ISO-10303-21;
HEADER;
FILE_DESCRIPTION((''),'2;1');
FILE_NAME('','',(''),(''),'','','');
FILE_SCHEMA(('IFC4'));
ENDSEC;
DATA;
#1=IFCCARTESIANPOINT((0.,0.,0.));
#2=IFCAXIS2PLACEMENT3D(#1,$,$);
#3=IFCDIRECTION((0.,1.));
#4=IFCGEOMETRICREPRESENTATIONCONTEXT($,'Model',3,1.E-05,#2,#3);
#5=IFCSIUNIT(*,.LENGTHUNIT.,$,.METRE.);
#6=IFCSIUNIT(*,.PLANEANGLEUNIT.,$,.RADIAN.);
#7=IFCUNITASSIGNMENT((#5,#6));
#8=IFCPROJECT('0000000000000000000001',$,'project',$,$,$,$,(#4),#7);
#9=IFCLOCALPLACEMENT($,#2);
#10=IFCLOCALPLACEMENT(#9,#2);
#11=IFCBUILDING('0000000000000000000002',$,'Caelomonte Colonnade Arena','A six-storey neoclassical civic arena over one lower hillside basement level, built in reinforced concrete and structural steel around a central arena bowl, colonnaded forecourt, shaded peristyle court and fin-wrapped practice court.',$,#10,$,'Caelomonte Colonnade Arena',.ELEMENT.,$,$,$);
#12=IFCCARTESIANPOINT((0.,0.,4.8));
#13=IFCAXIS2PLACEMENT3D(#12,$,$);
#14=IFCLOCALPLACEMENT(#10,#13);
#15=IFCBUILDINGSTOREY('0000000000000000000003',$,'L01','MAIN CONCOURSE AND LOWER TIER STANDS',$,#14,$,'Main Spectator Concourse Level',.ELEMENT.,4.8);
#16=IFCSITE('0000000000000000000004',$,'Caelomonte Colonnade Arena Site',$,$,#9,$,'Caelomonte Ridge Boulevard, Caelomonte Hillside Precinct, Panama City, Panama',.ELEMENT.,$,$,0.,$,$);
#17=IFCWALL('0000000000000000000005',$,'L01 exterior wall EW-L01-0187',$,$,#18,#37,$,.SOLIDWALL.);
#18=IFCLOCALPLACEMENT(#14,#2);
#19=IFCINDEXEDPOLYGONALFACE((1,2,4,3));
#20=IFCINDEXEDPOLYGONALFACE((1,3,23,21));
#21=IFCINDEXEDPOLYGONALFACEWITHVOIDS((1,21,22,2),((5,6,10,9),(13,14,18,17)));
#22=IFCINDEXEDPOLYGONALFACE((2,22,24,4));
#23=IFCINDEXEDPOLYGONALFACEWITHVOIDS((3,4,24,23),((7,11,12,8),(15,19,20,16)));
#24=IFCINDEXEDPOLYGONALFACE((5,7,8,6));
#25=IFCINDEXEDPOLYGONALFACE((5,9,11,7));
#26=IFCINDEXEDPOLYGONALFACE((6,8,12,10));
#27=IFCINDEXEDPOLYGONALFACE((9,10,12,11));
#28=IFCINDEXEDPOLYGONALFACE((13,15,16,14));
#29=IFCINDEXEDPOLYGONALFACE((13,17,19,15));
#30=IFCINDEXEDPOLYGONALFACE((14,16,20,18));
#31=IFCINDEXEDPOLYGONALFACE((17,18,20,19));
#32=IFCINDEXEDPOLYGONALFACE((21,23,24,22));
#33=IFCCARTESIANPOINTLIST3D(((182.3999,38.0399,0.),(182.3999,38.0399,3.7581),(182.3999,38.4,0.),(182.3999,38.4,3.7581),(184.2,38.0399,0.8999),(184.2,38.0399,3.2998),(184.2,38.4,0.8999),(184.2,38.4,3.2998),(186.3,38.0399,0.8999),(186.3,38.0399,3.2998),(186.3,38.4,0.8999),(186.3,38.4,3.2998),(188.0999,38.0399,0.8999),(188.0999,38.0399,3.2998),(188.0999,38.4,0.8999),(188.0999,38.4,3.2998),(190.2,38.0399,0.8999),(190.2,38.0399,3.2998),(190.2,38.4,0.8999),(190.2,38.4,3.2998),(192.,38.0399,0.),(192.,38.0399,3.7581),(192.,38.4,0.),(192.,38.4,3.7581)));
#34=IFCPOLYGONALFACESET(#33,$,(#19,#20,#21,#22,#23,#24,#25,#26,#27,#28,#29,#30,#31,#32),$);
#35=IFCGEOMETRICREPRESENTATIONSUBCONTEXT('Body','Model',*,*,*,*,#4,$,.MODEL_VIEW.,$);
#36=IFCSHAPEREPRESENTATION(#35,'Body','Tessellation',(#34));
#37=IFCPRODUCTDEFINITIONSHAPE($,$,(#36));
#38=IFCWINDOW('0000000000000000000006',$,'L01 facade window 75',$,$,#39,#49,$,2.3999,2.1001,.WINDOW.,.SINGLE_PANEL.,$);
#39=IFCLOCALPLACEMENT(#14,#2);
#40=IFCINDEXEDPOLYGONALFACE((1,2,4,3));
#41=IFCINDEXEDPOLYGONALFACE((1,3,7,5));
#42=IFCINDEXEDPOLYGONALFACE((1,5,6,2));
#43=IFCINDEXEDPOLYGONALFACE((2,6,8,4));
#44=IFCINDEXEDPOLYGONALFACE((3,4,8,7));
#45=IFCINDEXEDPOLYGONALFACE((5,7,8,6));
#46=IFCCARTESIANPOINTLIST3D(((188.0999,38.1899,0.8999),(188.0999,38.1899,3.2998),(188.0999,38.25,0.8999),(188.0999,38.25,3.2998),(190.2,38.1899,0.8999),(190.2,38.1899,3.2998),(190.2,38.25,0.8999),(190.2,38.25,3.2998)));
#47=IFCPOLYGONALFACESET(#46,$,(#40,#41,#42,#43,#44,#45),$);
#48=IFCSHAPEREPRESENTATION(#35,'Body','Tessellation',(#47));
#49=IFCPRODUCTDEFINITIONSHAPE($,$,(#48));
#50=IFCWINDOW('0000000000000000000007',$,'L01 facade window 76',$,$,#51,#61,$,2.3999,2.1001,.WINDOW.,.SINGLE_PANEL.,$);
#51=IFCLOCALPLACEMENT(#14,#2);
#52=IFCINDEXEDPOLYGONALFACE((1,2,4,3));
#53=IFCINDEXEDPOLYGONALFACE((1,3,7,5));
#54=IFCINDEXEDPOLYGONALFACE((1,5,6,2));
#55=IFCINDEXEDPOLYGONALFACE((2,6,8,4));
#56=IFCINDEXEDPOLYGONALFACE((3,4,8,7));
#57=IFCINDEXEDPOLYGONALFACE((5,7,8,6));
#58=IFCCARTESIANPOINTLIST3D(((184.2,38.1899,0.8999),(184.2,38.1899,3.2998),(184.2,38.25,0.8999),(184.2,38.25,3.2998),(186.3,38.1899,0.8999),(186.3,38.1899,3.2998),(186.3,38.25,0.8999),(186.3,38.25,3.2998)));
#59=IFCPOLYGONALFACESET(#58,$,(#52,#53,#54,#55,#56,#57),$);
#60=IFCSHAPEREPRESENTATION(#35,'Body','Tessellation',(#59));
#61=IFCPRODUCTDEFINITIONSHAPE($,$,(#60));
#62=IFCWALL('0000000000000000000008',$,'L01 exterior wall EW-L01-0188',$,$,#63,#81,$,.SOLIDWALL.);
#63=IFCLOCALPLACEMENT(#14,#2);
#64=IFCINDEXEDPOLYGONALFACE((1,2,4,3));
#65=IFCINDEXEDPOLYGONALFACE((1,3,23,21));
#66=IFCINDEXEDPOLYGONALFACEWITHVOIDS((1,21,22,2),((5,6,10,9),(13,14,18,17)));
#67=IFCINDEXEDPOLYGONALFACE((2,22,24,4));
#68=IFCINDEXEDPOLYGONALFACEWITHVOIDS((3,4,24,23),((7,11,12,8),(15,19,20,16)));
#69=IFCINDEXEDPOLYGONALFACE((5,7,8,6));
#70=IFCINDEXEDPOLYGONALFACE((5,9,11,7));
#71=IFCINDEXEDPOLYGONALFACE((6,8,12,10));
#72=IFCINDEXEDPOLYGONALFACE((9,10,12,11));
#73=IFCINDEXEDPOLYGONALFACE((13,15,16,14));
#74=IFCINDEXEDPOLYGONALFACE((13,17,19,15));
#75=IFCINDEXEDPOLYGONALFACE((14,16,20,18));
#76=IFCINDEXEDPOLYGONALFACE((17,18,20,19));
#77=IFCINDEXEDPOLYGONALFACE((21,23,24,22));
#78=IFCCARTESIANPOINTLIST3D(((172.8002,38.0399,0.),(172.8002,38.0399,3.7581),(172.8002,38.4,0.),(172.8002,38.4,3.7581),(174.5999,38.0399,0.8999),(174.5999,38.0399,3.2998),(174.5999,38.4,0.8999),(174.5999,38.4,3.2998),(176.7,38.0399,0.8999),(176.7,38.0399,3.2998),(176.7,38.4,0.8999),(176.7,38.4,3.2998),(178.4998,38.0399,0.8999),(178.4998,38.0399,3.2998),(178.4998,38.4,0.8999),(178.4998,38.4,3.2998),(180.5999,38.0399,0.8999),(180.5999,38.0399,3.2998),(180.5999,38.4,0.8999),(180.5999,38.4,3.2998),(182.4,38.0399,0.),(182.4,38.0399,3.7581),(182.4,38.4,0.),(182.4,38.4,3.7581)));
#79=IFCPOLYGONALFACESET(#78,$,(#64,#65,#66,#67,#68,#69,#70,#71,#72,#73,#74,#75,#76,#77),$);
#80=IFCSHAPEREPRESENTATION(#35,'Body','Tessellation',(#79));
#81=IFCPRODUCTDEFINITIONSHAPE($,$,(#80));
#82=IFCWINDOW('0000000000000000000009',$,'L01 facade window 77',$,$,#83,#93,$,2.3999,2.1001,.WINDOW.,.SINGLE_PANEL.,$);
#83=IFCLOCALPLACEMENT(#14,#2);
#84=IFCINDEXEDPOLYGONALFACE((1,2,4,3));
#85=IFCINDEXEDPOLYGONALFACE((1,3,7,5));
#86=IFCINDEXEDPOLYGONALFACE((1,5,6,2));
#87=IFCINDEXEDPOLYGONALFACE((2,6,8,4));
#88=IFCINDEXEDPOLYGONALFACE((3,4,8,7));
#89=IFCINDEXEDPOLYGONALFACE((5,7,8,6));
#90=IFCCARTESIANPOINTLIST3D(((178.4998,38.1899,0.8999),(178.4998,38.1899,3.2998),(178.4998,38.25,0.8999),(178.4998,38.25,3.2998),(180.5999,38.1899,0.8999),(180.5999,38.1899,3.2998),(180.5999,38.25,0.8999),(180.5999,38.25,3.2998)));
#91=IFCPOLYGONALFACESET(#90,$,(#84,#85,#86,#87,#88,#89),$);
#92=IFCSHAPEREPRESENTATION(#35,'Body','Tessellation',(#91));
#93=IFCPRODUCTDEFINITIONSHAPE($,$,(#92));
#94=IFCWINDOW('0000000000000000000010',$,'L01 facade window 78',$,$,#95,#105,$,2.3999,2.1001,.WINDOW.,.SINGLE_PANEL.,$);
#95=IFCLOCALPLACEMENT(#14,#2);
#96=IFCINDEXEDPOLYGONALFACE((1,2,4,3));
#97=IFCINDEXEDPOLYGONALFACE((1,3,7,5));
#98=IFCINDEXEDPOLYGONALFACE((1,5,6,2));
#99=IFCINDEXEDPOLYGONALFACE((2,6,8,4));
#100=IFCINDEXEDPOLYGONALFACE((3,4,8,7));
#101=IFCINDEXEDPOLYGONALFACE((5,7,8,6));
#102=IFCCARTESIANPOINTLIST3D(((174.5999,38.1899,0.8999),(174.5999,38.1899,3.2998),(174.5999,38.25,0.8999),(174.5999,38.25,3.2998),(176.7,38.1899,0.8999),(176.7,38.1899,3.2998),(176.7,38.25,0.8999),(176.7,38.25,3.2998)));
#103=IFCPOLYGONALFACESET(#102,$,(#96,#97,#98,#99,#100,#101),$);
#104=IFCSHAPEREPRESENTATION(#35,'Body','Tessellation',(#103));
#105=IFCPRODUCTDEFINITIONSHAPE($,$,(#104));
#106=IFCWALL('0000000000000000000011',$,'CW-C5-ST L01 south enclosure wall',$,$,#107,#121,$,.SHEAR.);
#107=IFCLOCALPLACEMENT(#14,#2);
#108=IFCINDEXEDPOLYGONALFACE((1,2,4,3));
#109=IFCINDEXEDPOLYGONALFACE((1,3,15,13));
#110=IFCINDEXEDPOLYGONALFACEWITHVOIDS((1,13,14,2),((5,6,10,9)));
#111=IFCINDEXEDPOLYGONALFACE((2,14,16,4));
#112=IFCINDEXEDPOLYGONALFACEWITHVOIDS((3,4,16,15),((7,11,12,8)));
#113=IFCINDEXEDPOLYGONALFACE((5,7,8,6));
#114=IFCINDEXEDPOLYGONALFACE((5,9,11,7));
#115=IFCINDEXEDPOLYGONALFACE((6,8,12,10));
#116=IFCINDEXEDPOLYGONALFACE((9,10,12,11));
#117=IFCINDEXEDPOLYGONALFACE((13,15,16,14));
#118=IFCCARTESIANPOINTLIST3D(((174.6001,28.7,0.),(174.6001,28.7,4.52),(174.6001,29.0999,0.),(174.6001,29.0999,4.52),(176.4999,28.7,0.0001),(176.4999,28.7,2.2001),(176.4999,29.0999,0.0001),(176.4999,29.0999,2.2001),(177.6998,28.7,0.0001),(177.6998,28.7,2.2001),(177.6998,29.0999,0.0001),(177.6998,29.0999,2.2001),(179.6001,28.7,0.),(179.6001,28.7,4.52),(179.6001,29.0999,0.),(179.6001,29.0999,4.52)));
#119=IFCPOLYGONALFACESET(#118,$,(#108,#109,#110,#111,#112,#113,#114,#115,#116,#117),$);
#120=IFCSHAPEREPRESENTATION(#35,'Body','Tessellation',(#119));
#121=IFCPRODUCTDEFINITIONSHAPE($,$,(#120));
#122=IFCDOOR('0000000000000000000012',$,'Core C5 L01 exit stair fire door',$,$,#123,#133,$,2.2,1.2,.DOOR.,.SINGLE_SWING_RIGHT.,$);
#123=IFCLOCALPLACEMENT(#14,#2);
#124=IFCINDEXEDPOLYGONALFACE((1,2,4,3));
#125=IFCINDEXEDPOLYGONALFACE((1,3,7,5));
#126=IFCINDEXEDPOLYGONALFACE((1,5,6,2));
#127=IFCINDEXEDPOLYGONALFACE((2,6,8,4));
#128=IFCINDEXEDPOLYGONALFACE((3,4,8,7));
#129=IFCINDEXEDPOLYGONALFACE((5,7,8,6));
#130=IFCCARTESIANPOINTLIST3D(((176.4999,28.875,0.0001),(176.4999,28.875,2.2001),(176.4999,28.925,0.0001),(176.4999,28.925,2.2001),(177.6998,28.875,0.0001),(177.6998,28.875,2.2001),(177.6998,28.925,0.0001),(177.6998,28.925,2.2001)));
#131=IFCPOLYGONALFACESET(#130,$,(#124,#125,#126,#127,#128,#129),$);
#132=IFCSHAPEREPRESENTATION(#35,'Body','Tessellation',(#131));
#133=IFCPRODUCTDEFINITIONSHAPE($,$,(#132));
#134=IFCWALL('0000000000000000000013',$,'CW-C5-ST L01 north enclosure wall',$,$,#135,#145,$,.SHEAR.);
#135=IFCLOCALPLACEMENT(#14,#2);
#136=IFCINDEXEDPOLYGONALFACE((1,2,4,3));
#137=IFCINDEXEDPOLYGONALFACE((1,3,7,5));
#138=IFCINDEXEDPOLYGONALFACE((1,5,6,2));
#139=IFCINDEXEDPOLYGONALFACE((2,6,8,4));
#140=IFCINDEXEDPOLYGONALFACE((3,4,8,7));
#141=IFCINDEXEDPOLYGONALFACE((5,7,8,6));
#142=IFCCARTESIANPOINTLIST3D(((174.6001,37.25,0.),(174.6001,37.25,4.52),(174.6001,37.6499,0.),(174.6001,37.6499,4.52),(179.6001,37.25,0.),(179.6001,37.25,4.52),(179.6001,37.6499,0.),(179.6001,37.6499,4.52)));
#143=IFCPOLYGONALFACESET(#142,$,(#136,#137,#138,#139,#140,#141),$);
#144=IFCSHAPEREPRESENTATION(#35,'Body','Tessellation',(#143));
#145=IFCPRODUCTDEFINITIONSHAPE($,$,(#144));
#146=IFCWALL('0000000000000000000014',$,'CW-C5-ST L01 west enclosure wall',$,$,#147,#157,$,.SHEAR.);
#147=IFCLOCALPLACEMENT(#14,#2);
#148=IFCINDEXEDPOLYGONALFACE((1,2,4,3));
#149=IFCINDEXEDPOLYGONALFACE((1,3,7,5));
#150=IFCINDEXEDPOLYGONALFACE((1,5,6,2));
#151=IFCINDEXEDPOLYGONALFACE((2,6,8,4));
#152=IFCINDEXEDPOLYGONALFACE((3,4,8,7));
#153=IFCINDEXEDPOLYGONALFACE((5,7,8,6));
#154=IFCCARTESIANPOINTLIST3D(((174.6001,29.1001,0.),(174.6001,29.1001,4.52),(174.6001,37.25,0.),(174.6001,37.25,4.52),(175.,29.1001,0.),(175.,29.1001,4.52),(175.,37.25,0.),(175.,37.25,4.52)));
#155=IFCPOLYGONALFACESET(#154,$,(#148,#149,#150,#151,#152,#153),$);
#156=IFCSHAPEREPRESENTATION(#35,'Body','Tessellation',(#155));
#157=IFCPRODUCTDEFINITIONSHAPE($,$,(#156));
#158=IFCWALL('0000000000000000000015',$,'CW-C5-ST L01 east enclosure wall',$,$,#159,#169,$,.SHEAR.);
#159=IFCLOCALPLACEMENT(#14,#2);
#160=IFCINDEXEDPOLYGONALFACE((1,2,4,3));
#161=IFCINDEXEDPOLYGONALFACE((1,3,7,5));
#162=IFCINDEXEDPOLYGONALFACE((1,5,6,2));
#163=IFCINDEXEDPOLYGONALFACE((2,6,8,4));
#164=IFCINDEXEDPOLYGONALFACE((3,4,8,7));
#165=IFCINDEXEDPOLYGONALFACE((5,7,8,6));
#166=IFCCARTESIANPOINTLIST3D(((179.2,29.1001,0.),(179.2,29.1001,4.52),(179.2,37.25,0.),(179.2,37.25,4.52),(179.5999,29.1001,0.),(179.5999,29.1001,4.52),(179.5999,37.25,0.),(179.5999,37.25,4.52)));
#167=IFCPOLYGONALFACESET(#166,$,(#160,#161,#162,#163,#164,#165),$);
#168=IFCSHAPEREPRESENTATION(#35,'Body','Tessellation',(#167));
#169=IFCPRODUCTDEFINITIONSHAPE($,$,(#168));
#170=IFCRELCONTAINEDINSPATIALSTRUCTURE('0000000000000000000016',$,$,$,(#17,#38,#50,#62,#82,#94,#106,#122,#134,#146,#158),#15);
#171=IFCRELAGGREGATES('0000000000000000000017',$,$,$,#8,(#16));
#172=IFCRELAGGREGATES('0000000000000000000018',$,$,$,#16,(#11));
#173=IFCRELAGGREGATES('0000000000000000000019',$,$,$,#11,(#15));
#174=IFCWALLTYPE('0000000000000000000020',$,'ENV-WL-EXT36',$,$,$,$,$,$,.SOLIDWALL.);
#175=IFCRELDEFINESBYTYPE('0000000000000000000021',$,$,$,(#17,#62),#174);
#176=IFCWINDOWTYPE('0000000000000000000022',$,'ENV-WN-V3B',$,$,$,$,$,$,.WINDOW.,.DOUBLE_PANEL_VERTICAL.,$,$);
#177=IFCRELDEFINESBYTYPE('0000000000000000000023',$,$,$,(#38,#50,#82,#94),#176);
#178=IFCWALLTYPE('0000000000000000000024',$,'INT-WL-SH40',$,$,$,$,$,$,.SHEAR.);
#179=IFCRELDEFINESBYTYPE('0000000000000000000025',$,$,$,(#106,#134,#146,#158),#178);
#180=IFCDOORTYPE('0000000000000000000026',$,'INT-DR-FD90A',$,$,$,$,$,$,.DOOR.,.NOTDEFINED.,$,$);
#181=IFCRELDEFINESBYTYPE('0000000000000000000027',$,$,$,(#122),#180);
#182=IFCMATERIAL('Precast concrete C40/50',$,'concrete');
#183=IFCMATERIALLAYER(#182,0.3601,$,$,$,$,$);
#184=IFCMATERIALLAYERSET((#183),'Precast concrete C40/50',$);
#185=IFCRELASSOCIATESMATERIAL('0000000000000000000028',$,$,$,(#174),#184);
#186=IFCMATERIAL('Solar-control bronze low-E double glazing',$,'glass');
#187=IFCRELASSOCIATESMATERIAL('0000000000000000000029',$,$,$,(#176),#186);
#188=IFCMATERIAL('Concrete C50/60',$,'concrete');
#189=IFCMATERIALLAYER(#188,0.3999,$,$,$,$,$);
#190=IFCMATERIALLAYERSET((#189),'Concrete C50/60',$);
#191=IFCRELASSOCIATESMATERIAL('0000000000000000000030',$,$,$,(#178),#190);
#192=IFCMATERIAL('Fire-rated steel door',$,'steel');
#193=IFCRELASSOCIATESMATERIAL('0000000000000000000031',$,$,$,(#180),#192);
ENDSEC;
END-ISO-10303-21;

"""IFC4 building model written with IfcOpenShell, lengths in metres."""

from ifc_helpers import new_model, si_unit, direction, frame, frame_2d, origin, place, context, subcontext, project, spatial, rectangle, extrude, material, layer, layer_set, type_object, element, fill, save


model = new_model("IFC4")

# Units and contexts
model_context = context("Model", 3, precision=1e-05, world=origin(), true_north=direction((0.0, 1.0)))
body_context = subcontext(model_context, "Body", "Model", "MODEL_VIEW")
ifc_project = project(units=[si_unit("LENGTHUNIT", "METRE"), si_unit("PLANEANGLEUNIT", "RADIAN")], contexts=[model_context])

# Site, building, storey
site_placement = place(None, origin())
site = spatial("IfcSite", under=ifc_project, at=site_placement, Name="Caelomonte Colonnade Arena Site", LongName="Caelomonte Ridge Boulevard, Caelomonte Hillside Precinct, Panama City, Panama", CompositionType="ELEMENT", RefElevation=0.0)
building_placement = place(site_placement, origin())
building = spatial("IfcBuilding", under=site, at=building_placement, Name="Caelomonte Colonnade Arena", Description="A six-storey neoclassical civic arena over one lower hillside basement level, built in reinforced concrete and structural steel around a central arena bowl, colonnaded forecourt, shaded peristyle court and fin-wrapped practice court.", LongName="Caelomonte Colonnade Arena", CompositionType="ELEMENT")
storey_placement = place(building_placement, frame((0.0, 0.0, 4.8)))
storey = spatial("IfcBuildingStorey", under=building, at=storey_placement, Name="L01", Description="MAIN CONCOURSE AND LOWER TIER STANDS", LongName="Main Spectator Concourse Level", CompositionType="ELEMENT", Elevation=4.8)

# Walls, openings, windows
ifc_material_1 = material(Name="Precast concrete C40/50", Category="concrete")
ifc_layer_1 = layer(ifc_material_1, 0.3601)
ifc_layer_set_1 = layer_set([ifc_layer_1], Name="Precast concrete C40/50")
wall_type_1 = type_object("IfcWallType", Name="ENV-WL-EXT36", PredefinedType="SOLIDWALL", material=ifc_layer_set_1)
ifc_material_2 = material(Name="Solar-control bronze low-E double glazing", Category="glass")
window_type = type_object("IfcWindowType", Name="ENV-WN-V3B", PartitioningType="DOUBLE_PANEL_VERTICAL", PredefinedType="WINDOW", material=ifc_material_2)
wall_1_placement = place(storey_placement, frame((192.0, 38.22, 0.0), z_axis=(0.0, 0.0, 1.0), x_axis=(-1.0, 0.0, 0.0)))
wall_1 = element("IfcWall", 1, at=wall_1_placement, inside=storey, type_object=wall_type_1, Name="L01 exterior wall EW-L01-0187", PredefinedType="SOLIDWALL", context=body_context, shape_type="SweptSolid", body=[
    extrude(rectangle(XDim=9.6001, YDim=0.3601, at=frame_2d((4.8, 0.0))), origin(), (0.0, 0.0, 1.0), 3.7581),
])
opening_1_placement = place(wall_1_placement, frame((3.9001, 0.0, 0.8999), z_axis=(0.0, 0.0, 1.0), x_axis=(-1.0, 0.0, 0.0)))
opening_1 = element("IfcOpeningElement", 2, at=opening_1_placement, cuts=wall_1, PredefinedType="OPENING", context=body_context, shape_type="SweptSolid", body=[
    extrude(rectangle(XDim=2.1001, YDim=2.3999, at=frame_2d((1.05, 1.2))), frame((0.0, 0.1899, 0.0), z_axis=(0.0, -1.0, 0.0), x_axis=(1.0, 0.0, 0.0)), (0.0, 0.0, 1.0), 0.3801),
])
opening_2_placement = place(wall_1_placement, frame((7.8, 0.0, 0.8999), z_axis=(0.0, 0.0, 1.0), x_axis=(-1.0, 0.0, 0.0)))
opening_2 = element("IfcOpeningElement", 3, at=opening_2_placement, cuts=wall_1, PredefinedType="OPENING", context=body_context, shape_type="SweptSolid", body=[
    extrude(rectangle(XDim=2.1001, YDim=2.3999, at=frame_2d((1.05, 1.2))), frame((0.0, 0.1899, 0.0), z_axis=(0.0, -1.0, 0.0), x_axis=(1.0, 0.0, 0.0)), (0.0, 0.0, 1.0), 0.3801),
])
window_1_placement = place(opening_1_placement, origin())
window_1 = element("IfcWindow", 4, at=window_1_placement, inside=storey, type_object=window_type, Name="L01 facade window 75", OverallHeight=2.3999, OverallWidth=2.1001, PartitioningType="SINGLE_PANEL", PredefinedType="WINDOW", context=body_context, shape_type="SweptSolid", body=[
    extrude(rectangle(XDim=2.1001, YDim=2.3999, at=frame_2d((1.05, 1.2))), frame((0.0, 0.03, 0.0), z_axis=(0.0, -1.0, 0.0), x_axis=(1.0, 0.0, 0.0)), (0.0, 0.0, 1.0), 0.0601),
])
fill(opening_1, window_1)
window_2_placement = place(opening_2_placement, origin())
window_2 = element("IfcWindow", 5, at=window_2_placement, inside=storey, type_object=window_type, Name="L01 facade window 76", OverallHeight=2.3999, OverallWidth=2.1001, PartitioningType="SINGLE_PANEL", PredefinedType="WINDOW", context=body_context, shape_type="SweptSolid", body=[
    extrude(rectangle(XDim=2.1001, YDim=2.3999, at=frame_2d((1.05, 1.2))), frame((0.0, 0.03, 0.0), z_axis=(0.0, -1.0, 0.0), x_axis=(1.0, 0.0, 0.0)), (0.0, 0.0, 1.0), 0.0601),
])
fill(opening_2, window_2)
wall_2_placement = place(storey_placement, frame((182.3999, 38.22, 0.0), z_axis=(0.0, 0.0, 1.0), x_axis=(-1.0, 0.0, 0.0)))
wall_2 = element("IfcWall", 6, at=wall_2_placement, inside=storey, type_object=wall_type_1, Name="L01 exterior wall EW-L01-0188", PredefinedType="SOLIDWALL", context=body_context, shape_type="SweptSolid", body=[
    extrude(rectangle(XDim=9.5999, YDim=0.3601, at=frame_2d((4.7998, 0.0))), origin(), (0.0, 0.0, 1.0), 3.7581),
])
opening_3_placement = place(wall_2_placement, frame((3.9001, 0.0, 0.8999), z_axis=(0.0, 0.0, 1.0), x_axis=(-1.0, 0.0, 0.0)))
opening_3 = element("IfcOpeningElement", 7, at=opening_3_placement, cuts=wall_2, PredefinedType="OPENING", context=body_context, shape_type="SweptSolid", body=[
    extrude(rectangle(XDim=2.1001, YDim=2.3999, at=frame_2d((1.05, 1.2))), frame((0.0, 0.1899, 0.0), z_axis=(0.0, -1.0, 0.0), x_axis=(1.0, 0.0, 0.0)), (0.0, 0.0, 1.0), 0.3801),
])
opening_4_placement = place(wall_2_placement, frame((7.8, 0.0, 0.8999), z_axis=(0.0, 0.0, 1.0), x_axis=(-1.0, 0.0, 0.0)))
opening_4 = element("IfcOpeningElement", 8, at=opening_4_placement, cuts=wall_2, PredefinedType="OPENING", context=body_context, shape_type="SweptSolid", body=[
    extrude(rectangle(XDim=2.1001, YDim=2.3999, at=frame_2d((1.05, 1.2))), frame((0.0, 0.1899, 0.0), z_axis=(0.0, -1.0, 0.0), x_axis=(1.0, 0.0, 0.0)), (0.0, 0.0, 1.0), 0.3801),
])
window_3_placement = place(opening_3_placement, origin())
window_3 = element("IfcWindow", 9, at=window_3_placement, inside=storey, type_object=window_type, Name="L01 facade window 77", OverallHeight=2.3999, OverallWidth=2.1001, PartitioningType="SINGLE_PANEL", PredefinedType="WINDOW", context=body_context, shape_type="SweptSolid", body=[
    extrude(rectangle(XDim=2.1001, YDim=2.3999, at=frame_2d((1.05, 1.2))), frame((0.0, 0.03, 0.0), z_axis=(0.0, -1.0, 0.0), x_axis=(1.0, 0.0, 0.0)), (0.0, 0.0, 1.0), 0.0601),
])
fill(opening_3, window_3)
window_4_placement = place(opening_4_placement, origin())
window_4 = element("IfcWindow", 10, at=window_4_placement, inside=storey, type_object=window_type, Name="L01 facade window 78", OverallHeight=2.3999, OverallWidth=2.1001, PartitioningType="SINGLE_PANEL", PredefinedType="WINDOW", context=body_context, shape_type="SweptSolid", body=[
    extrude(rectangle(XDim=2.1001, YDim=2.3999, at=frame_2d((1.05, 1.2))), frame((0.0, 0.03, 0.0), z_axis=(0.0, -1.0, 0.0), x_axis=(1.0, 0.0, 0.0)), (0.0, 0.0, 1.0), 0.0601),
])
fill(opening_4, window_4)

# Wall, opening, door
ifc_material_3 = material(Name="Concrete C50/60", Category="concrete")
ifc_layer_2 = layer(ifc_material_3, 0.3999)
ifc_layer_set_2 = layer_set([ifc_layer_2], Name="Concrete C50/60")
wall_type_2 = type_object("IfcWallType", Name="INT-WL-SH40", PredefinedType="SHEAR", material=ifc_layer_set_2)
wall_3_placement = place(storey_placement, frame((174.6001, 28.8999, 0.0), z_axis=(0.0, 0.0, 1.0), x_axis=(1.0, 0.0, 0.0)))
wall_3 = element("IfcWall", 11, at=wall_3_placement, inside=storey, type_object=wall_type_2, Name="CW-C5-ST L01 south enclosure wall", PredefinedType="SHEAR", context=body_context, shape_type="SweptSolid", body=[
    extrude(rectangle(XDim=5.0, YDim=0.3999, at=frame_2d((2.5, 0.0))), origin(), (0.0, 0.0, 1.0), 4.52),
])
opening_5_placement = place(wall_3_placement, frame((3.0999, 0.0, 0.0), z_axis=(0.0, 0.0, 1.0), x_axis=(-1.0, 0.0, 0.0)))
opening_5 = element("IfcOpeningElement", 12, at=opening_5_placement, cuts=wall_3, PredefinedType="OPENING", context=body_context, shape_type="SweptSolid", body=[
    extrude(rectangle(XDim=1.2, YDim=2.2, at=frame_2d((0.6001, 1.1001))), frame((0.0, 0.21, 0.0), z_axis=(0.0, -1.0, 0.0), x_axis=(1.0, 0.0, 0.0)), (0.0, 0.0, 1.0), 0.4199),
])
ifc_material_4 = material(Name="Fire-rated steel door", Category="steel")
door_type = type_object("IfcDoorType", Name="INT-DR-FD90A", OperationType="NOTDEFINED", PredefinedType="DOOR", material=ifc_material_4)
door_placement = place(opening_5_placement, origin())
door = element("IfcDoor", 13, at=door_placement, inside=storey, type_object=door_type, Name="Core C5 L01 exit stair fire door", OperationType="SINGLE_SWING_RIGHT", OverallHeight=2.2, OverallWidth=1.2, PredefinedType="DOOR", context=body_context, shape_type="SweptSolid", body=[
    extrude(rectangle(XDim=1.2, YDim=2.2, at=frame_2d((0.6001, 1.1001))), frame((0.0, 0.0249, 0.0), z_axis=(0.0, -1.0, 0.0), x_axis=(1.0, 0.0, 0.0)), (0.0, 0.0, 1.0), 0.05),
])
fill(opening_5, door)

# Walls
wall_4_placement = place(storey_placement, frame((179.6001, 37.45, 0.0), z_axis=(0.0, 0.0, 1.0), x_axis=(-1.0, 0.0, 0.0)))
element("IfcWall", 14, at=wall_4_placement, inside=storey, type_object=wall_type_2, Name="CW-C5-ST L01 north enclosure wall", PredefinedType="SHEAR", context=body_context, shape_type="SweptSolid", body=[
    extrude(rectangle(XDim=5.0, YDim=0.3999, at=frame_2d((2.5, 0.0))), origin(), (0.0, 0.0, 1.0), 4.52),
])
for number, where, z_axis, x_axis, name in (
    (15, (174.8, 37.25, 0.0), (0.0, 0.0, 1.0), (0.0, -1.0, 0.0), "CW-C5-ST L01 west enclosure wall"),
    (16, (179.3999, 29.1001, 0.0), (0.0, 0.0, 1.0), (0.0, 1.0, 0.0), "CW-C5-ST L01 east enclosure wall"),
):
    element("IfcWall", number, at=place(storey_placement, frame(where, z_axis=z_axis, x_axis=x_axis)), inside=storey, type_object=wall_type_2, Name=name, PredefinedType="SHEAR", context=body_context, shape_type="SweptSolid", body=[
        extrude(rectangle(XDim=8.1499, YDim=0.3999, at=frame_2d((4.075, 0.0))), origin(), (0.0, 0.0, 1.0), 4.52),
    ])

save(model, "model.ifc")
